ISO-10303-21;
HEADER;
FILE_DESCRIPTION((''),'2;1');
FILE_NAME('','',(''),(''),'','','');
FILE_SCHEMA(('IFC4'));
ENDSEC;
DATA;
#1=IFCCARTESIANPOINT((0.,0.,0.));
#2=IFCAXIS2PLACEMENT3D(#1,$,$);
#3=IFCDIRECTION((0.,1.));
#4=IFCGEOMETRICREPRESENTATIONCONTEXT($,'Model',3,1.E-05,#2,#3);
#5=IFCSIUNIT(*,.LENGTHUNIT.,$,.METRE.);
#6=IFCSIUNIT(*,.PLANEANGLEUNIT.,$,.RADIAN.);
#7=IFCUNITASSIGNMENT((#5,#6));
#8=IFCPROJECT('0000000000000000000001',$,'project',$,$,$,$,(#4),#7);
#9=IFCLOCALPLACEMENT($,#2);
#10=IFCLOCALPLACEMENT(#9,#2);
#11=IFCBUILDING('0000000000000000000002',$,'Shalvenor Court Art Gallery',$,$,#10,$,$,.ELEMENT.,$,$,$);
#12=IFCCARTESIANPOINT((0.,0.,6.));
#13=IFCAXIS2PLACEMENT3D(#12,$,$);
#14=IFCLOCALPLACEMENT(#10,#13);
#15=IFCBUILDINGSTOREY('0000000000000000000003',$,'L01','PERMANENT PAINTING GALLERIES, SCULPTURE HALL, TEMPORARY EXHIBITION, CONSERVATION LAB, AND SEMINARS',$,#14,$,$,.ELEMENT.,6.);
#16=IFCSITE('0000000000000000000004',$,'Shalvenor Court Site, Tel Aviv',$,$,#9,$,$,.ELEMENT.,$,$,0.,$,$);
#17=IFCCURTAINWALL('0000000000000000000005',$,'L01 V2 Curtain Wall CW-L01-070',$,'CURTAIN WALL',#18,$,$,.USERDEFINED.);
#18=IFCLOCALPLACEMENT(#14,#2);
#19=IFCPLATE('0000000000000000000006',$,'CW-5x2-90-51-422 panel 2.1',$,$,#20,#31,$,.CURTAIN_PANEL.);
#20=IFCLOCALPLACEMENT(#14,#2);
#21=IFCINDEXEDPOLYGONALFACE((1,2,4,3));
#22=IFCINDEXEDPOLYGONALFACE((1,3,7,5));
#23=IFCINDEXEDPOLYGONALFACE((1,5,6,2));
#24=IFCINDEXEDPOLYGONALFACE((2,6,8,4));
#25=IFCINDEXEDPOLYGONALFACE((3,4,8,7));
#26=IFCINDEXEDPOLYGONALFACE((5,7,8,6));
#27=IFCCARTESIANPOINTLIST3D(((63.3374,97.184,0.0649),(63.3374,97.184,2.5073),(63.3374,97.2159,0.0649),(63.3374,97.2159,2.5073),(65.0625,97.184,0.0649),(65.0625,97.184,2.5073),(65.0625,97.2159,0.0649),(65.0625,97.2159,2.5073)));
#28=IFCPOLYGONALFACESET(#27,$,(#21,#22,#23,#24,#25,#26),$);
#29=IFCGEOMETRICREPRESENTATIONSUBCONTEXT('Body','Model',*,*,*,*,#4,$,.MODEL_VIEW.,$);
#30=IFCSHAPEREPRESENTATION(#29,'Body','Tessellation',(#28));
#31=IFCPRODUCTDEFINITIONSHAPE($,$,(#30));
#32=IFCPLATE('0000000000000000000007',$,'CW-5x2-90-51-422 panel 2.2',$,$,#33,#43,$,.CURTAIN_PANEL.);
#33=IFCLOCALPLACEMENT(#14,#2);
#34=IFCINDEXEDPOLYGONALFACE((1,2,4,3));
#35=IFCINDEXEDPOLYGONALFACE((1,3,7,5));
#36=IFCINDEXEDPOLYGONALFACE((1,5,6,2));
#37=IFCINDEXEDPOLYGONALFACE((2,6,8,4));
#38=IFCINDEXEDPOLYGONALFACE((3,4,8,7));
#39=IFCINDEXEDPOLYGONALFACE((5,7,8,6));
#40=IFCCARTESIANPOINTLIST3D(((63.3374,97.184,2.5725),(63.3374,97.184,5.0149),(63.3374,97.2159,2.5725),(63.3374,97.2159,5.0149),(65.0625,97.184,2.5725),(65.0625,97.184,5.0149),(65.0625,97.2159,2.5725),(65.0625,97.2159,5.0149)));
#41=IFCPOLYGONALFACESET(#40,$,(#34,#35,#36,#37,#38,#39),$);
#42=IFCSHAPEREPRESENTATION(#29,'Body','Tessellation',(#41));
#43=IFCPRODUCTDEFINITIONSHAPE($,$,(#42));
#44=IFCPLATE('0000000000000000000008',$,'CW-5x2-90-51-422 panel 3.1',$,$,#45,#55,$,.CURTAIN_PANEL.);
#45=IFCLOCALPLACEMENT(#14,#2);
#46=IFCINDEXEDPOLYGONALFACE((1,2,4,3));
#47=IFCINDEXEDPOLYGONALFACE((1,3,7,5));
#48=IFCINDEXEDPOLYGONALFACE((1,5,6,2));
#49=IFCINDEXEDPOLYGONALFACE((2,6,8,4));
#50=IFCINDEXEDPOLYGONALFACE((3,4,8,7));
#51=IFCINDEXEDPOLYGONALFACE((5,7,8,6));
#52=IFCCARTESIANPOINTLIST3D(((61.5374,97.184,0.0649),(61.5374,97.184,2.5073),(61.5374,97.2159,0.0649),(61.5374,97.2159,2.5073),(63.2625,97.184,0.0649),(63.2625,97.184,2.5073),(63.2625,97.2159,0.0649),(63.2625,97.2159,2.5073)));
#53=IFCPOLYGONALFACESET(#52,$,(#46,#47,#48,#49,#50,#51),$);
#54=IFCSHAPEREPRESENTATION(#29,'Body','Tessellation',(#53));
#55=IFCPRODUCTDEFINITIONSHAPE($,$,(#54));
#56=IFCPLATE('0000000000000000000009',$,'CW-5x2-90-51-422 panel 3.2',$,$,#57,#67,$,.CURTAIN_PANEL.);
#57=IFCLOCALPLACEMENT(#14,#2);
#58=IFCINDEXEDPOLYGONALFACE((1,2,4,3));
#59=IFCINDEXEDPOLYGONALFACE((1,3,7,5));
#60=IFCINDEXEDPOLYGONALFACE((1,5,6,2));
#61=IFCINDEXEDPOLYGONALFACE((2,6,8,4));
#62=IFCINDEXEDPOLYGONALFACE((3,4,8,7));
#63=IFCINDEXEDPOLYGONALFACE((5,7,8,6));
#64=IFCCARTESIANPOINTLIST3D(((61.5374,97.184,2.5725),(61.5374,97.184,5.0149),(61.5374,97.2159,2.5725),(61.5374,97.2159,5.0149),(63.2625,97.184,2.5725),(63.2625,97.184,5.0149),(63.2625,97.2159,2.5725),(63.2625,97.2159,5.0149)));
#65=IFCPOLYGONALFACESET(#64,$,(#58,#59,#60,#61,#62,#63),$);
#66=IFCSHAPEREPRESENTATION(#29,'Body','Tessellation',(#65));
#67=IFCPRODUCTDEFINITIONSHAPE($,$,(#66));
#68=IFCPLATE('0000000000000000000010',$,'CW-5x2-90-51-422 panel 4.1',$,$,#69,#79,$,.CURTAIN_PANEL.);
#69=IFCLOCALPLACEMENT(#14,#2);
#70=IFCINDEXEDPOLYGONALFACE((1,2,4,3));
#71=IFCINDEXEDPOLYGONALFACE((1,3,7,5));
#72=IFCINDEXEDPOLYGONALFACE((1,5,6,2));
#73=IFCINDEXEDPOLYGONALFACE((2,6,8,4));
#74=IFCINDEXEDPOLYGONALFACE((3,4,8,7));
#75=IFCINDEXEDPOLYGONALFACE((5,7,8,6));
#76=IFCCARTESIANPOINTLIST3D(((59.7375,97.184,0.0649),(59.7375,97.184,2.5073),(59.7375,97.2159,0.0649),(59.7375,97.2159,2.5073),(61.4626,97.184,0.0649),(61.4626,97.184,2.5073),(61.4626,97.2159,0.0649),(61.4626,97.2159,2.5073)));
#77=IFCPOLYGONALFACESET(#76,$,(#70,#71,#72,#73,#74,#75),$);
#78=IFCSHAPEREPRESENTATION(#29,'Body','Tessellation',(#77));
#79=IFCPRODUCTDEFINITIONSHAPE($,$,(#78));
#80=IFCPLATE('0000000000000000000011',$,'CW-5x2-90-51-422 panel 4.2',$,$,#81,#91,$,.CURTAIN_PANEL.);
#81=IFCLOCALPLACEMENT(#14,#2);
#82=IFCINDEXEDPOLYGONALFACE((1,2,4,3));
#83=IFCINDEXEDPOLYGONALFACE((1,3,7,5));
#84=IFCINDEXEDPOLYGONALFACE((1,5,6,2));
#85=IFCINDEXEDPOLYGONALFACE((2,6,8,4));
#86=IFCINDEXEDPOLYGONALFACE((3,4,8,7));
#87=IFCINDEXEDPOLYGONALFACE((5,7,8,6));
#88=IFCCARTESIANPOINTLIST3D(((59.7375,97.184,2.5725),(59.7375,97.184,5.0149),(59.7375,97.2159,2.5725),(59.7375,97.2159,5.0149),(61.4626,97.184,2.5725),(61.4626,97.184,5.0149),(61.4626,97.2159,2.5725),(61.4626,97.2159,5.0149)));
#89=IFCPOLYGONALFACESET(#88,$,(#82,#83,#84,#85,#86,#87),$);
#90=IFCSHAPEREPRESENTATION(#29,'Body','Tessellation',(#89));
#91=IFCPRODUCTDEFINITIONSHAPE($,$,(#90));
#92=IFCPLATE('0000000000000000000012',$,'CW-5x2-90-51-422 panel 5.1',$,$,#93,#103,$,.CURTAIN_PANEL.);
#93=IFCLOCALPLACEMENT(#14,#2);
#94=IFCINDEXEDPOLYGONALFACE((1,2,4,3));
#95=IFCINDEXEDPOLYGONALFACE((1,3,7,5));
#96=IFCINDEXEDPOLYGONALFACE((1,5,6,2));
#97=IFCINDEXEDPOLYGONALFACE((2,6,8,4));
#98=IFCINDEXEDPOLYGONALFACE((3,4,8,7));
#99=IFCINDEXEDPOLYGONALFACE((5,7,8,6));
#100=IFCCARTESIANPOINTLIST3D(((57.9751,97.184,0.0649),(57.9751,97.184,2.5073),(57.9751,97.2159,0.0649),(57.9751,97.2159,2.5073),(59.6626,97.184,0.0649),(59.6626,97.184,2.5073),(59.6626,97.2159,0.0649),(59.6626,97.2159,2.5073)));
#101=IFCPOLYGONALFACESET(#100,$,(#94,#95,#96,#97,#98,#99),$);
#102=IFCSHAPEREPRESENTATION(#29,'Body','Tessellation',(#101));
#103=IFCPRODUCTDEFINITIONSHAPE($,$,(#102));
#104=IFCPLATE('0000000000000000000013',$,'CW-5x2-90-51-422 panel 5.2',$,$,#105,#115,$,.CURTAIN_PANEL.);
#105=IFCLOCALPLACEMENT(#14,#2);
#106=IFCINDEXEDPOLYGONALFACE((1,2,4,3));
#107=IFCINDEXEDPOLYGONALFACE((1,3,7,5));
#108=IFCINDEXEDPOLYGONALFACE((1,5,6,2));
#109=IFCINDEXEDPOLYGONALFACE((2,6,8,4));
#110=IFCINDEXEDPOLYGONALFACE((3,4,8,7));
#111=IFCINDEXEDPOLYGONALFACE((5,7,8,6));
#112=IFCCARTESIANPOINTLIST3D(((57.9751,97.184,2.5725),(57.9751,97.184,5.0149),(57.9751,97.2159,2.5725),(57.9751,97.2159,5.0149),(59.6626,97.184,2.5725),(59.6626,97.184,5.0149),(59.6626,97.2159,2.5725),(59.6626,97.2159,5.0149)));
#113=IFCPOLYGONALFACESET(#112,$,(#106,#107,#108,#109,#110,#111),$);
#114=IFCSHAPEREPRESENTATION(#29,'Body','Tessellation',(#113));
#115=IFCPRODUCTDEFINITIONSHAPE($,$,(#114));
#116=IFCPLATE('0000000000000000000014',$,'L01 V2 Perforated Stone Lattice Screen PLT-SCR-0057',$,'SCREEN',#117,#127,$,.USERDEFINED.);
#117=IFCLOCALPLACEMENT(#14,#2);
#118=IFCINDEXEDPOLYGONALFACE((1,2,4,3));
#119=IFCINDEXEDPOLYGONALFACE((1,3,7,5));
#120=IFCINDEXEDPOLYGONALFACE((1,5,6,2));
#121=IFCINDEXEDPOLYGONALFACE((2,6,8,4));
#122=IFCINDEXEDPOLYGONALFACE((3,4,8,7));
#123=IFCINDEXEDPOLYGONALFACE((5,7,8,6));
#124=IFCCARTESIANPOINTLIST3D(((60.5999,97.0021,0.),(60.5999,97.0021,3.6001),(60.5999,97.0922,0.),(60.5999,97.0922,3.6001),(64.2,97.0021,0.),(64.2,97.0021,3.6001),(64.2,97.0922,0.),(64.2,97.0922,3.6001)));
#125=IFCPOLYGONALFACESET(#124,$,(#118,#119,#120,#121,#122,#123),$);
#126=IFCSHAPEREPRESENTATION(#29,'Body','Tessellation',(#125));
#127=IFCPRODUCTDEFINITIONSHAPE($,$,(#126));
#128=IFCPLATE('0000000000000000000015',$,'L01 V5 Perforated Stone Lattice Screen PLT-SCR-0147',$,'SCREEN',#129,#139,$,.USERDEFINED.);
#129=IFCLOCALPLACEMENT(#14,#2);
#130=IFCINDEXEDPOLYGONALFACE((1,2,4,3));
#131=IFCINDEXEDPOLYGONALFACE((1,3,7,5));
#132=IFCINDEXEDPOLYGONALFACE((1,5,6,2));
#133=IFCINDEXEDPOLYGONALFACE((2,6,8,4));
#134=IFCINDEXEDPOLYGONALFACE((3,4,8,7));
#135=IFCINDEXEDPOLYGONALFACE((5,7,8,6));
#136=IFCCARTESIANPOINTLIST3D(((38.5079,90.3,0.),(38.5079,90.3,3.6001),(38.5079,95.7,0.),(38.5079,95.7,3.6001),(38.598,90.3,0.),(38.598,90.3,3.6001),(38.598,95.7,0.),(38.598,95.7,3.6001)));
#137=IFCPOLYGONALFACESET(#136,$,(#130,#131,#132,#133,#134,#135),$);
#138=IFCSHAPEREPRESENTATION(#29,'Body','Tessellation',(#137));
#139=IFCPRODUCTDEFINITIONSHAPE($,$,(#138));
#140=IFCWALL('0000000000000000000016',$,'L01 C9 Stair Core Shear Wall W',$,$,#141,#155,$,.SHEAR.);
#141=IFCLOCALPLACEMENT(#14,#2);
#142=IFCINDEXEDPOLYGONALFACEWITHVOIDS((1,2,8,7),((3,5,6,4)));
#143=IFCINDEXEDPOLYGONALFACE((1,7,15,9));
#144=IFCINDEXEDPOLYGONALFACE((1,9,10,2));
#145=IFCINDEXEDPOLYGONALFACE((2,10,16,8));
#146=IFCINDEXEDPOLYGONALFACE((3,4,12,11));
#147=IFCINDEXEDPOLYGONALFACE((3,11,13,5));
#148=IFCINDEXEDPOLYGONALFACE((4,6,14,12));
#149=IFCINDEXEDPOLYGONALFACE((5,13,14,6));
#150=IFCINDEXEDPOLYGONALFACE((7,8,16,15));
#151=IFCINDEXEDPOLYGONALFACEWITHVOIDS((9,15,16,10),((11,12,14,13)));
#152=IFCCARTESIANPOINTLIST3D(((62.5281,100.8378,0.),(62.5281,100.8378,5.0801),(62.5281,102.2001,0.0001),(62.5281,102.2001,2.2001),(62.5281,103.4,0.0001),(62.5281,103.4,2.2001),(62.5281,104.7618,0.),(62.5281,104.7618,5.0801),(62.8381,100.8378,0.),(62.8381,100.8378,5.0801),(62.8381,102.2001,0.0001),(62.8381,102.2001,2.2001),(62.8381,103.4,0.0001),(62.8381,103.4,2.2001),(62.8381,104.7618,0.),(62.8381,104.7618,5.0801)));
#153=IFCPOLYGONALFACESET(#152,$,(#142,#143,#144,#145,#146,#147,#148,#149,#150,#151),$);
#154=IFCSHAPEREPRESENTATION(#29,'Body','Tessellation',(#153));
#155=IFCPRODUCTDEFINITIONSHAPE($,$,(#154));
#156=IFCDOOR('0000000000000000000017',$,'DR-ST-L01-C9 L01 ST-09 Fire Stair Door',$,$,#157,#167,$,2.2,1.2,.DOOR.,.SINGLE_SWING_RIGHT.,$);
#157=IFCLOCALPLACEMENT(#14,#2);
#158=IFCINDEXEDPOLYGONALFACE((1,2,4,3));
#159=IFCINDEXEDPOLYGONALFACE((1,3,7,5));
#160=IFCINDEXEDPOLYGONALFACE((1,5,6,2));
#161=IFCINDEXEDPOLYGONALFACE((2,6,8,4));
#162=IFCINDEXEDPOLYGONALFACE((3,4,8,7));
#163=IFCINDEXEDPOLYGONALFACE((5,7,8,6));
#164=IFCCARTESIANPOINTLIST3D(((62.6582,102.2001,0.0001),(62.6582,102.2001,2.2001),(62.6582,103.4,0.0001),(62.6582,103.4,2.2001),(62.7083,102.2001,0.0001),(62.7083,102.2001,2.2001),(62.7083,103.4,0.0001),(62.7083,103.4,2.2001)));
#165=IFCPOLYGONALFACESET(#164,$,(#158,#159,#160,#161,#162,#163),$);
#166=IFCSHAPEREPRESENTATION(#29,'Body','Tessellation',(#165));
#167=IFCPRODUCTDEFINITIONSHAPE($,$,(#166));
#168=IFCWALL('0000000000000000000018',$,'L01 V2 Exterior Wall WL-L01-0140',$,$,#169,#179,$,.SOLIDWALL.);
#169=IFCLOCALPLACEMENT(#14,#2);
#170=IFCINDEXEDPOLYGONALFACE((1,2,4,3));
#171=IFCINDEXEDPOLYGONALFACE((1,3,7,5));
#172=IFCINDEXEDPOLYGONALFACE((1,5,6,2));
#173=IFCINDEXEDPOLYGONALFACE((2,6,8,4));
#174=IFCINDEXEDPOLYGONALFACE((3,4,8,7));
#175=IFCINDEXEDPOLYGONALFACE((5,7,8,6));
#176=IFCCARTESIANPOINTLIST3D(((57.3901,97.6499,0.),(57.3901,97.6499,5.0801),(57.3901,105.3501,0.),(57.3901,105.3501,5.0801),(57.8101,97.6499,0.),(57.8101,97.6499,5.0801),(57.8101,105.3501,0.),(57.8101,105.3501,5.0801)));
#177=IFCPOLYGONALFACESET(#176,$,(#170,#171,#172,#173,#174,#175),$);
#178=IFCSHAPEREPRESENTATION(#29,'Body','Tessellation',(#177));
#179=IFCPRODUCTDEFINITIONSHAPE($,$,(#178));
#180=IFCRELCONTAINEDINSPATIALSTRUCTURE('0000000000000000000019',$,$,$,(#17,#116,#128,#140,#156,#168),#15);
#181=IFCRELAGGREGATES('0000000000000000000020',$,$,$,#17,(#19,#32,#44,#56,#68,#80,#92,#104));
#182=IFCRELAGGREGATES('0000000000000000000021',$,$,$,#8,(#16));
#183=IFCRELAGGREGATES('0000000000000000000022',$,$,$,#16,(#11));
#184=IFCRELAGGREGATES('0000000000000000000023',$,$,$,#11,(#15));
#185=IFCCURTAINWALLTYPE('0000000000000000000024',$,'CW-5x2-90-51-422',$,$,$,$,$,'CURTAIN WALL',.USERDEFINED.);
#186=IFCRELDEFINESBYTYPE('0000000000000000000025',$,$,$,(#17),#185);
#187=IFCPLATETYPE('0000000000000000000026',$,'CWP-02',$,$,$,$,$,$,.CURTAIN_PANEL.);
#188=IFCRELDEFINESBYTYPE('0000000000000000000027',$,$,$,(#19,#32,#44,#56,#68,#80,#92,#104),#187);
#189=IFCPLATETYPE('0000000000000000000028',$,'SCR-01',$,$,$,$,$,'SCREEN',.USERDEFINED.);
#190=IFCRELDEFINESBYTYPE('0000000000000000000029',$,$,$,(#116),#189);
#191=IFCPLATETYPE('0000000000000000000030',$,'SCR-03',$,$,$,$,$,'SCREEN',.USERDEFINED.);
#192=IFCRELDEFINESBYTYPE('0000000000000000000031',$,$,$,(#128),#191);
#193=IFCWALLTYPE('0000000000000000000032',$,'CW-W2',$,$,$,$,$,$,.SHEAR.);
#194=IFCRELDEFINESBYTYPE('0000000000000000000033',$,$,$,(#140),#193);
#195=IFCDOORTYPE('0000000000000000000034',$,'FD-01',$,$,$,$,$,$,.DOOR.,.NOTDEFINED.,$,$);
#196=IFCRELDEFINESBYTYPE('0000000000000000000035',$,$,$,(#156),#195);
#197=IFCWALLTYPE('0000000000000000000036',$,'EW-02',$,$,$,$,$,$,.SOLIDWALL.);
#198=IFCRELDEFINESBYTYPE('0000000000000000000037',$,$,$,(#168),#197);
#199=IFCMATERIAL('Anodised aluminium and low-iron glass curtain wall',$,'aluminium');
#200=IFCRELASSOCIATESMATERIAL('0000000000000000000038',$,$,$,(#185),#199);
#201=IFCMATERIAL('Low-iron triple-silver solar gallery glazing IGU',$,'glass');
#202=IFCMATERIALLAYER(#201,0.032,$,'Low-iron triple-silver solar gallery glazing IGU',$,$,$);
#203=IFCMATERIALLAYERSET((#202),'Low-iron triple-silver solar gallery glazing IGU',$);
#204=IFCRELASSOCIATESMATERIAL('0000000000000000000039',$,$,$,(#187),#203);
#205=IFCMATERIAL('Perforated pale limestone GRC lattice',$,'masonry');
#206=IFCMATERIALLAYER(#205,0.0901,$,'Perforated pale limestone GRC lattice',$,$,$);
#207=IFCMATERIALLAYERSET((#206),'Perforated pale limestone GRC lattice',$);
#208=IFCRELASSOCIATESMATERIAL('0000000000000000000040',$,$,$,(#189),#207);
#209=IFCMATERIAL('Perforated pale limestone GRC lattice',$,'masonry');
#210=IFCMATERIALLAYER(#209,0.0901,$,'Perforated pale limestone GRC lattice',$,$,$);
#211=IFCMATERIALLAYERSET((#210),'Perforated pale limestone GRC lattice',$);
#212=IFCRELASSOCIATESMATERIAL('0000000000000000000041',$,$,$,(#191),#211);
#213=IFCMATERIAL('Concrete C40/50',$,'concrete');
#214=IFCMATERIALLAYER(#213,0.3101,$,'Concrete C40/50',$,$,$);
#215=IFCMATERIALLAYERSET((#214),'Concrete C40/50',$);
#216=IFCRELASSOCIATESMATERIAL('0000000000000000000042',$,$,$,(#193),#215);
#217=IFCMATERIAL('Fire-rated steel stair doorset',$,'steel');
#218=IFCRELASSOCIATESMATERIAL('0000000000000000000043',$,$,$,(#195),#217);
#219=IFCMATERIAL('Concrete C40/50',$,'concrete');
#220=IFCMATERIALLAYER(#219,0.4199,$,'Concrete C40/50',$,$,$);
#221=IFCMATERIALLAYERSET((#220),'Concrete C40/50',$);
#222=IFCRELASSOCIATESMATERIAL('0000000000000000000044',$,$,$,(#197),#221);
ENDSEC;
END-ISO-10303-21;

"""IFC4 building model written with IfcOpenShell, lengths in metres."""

from ifc_helpers import new_model, si_unit, direction, frame, frame_2d, origin, origin_2d, place, context, subcontext, project, spatial, rectangle, extrude, material, layer, layer_set, type_object, element, fill, aggregate, save


model = new_model("IFC4")

# Units and contexts
model_context = context("Model", 3, precision=1e-05, world=origin(), true_north=direction((0.0, 1.0)))
body_context = subcontext(model_context, "Body", "Model", "MODEL_VIEW")
ifc_project = project(units=[si_unit("LENGTHUNIT", "METRE"), si_unit("PLANEANGLEUNIT", "RADIAN")], contexts=[model_context])

# Site, building, storey
site_placement = place(None, origin())
site = spatial("IfcSite", under=ifc_project, at=site_placement, Name="Shalvenor Court Site, Tel Aviv", CompositionType="ELEMENT", RefElevation=0.0)
building_placement = place(site_placement, origin())
building = spatial("IfcBuilding", under=site, at=building_placement, Name="Shalvenor Court Art Gallery", CompositionType="ELEMENT")
storey_placement = place(building_placement, frame((0.0, 0.0, 6.0)))
storey = spatial("IfcBuildingStorey", under=building, at=storey_placement, Name="L01", Description="PERMANENT PAINTING GALLERIES, SCULPTURE HALL, TEMPORARY EXHIBITION, CONSERVATION LAB, AND SEMINARS", CompositionType="ELEMENT", Elevation=6.0)

# Curtain wall
ifc_material_1 = material(Name="Anodised aluminium and low-iron glass curtain wall", Category="aluminium")
curtain_wall_type_1 = type_object("IfcCurtainWallType", Name="CW-5x2-90-51-422", ElementType="CURTAIN WALL", PredefinedType="USERDEFINED", material=ifc_material_1)
curtain_wall_1_placement = place(storey_placement, origin())
curtain_wall_1 = element("IfcCurtainWall", 1, at=curtain_wall_1_placement, inside=storey, type_object=curtain_wall_type_1, Name="L01 V2 Curtain Wall CW-L01-070", ObjectType="CURTAIN WALL", PredefinedType="USERDEFINED")

# Plates
ifc_material_2 = material(Name="Low-iron triple-silver solar gallery glazing IGU", Category="glass")
ifc_layer_1 = layer(ifc_material_2, 0.032, Name="Low-iron triple-silver solar gallery glazing IGU")
ifc_layer_set_1 = layer_set([ifc_layer_1], Name="Low-iron triple-silver solar gallery glazing IGU")
plate_type_1 = type_object("IfcPlateType", Name="CWP-02", PredefinedType="CURTAIN_PANEL", material=ifc_layer_set_1)
plate_1_placement = place(storey_placement, frame((64.2, 97.2, 0.0649), z_axis=(0.0, 0.0, 1.0), x_axis=(-1.0, 0.0, 0.0)))
plate_1 = element("IfcPlate", 2, at=plate_1_placement, type_object=plate_type_1, Name="CW-5x2-90-51-422 panel 2.1", PredefinedType="CURTAIN_PANEL", context=body_context, shape_type="SweptSolid", body=[
    extrude(rectangle(XDim=1.7251, YDim=0.032, at=origin_2d()), origin(), (0.0, 0.0, 1.0), 2.4424),
])
plate_2_placement = place(storey_placement, frame((64.2, 97.2, 2.5725), z_axis=(0.0, 0.0, 1.0), x_axis=(-1.0, 0.0, 0.0)))
plate_2 = element("IfcPlate", 3, at=plate_2_placement, type_object=plate_type_1, Name="CW-5x2-90-51-422 panel 2.2", PredefinedType="CURTAIN_PANEL", context=body_context, shape_type="SweptSolid", body=[
    extrude(rectangle(XDim=1.7251, YDim=0.032, at=origin_2d()), origin(), (0.0, 0.0, 1.0), 2.4424),
])
plate_3_placement = place(storey_placement, frame((62.3999, 97.2, 0.0649), z_axis=(0.0, 0.0, 1.0), x_axis=(-1.0, 0.0, 0.0)))
plate_3 = element("IfcPlate", 4, at=plate_3_placement, type_object=plate_type_1, Name="CW-5x2-90-51-422 panel 3.1", PredefinedType="CURTAIN_PANEL", context=body_context, shape_type="SweptSolid", body=[
    extrude(rectangle(XDim=1.7251, YDim=0.032, at=origin_2d()), origin(), (0.0, 0.0, 1.0), 2.4424),
])
plate_4_placement = place(storey_placement, frame((62.3999, 97.2, 2.5725), z_axis=(0.0, 0.0, 1.0), x_axis=(-1.0, 0.0, 0.0)))
plate_4 = element("IfcPlate", 5, at=plate_4_placement, type_object=plate_type_1, Name="CW-5x2-90-51-422 panel 3.2", PredefinedType="CURTAIN_PANEL", context=body_context, shape_type="SweptSolid", body=[
    extrude(rectangle(XDim=1.7251, YDim=0.032, at=origin_2d()), origin(), (0.0, 0.0, 1.0), 2.4424),
])
plate_5_placement = place(storey_placement, frame((60.6001, 97.2, 0.0649), z_axis=(0.0, 0.0, 1.0), x_axis=(-1.0, 0.0, 0.0)))
plate_5 = element("IfcPlate", 6, at=plate_5_placement, type_object=plate_type_1, Name="CW-5x2-90-51-422 panel 4.1", PredefinedType="CURTAIN_PANEL", context=body_context, shape_type="SweptSolid", body=[
    extrude(rectangle(XDim=1.7251, YDim=0.032, at=origin_2d()), origin(), (0.0, 0.0, 1.0), 2.4424),
])
plate_6_placement = place(storey_placement, frame((60.6001, 97.2, 2.5725), z_axis=(0.0, 0.0, 1.0), x_axis=(-1.0, 0.0, 0.0)))
plate_6 = element("IfcPlate", 7, at=plate_6_placement, type_object=plate_type_1, Name="CW-5x2-90-51-422 panel 4.2", PredefinedType="CURTAIN_PANEL", context=body_context, shape_type="SweptSolid", body=[
    extrude(rectangle(XDim=1.7251, YDim=0.032, at=origin_2d()), origin(), (0.0, 0.0, 1.0), 2.4424),
])
plate_7_placement = place(storey_placement, frame((58.8188, 97.2, 0.0649), z_axis=(0.0, 0.0, 1.0), x_axis=(-1.0, 0.0, 0.0)))
plate_7 = element("IfcPlate", 8, at=plate_7_placement, type_object=plate_type_1, Name="CW-5x2-90-51-422 panel 5.1", PredefinedType="CURTAIN_PANEL", context=body_context, shape_type="SweptSolid", body=[
    extrude(rectangle(XDim=1.6875, YDim=0.032, at=origin_2d()), origin(), (0.0, 0.0, 1.0), 2.4424),
])
plate_8_placement = place(storey_placement, frame((58.8188, 97.2, 2.5725), z_axis=(0.0, 0.0, 1.0), x_axis=(-1.0, 0.0, 0.0)))
plate_8 = element("IfcPlate", 9, at=plate_8_placement, type_object=plate_type_1, Name="CW-5x2-90-51-422 panel 5.2", PredefinedType="CURTAIN_PANEL", context=body_context, shape_type="SweptSolid", body=[
    extrude(rectangle(XDim=1.6875, YDim=0.032, at=origin_2d()), origin(), (0.0, 0.0, 1.0), 2.4424),
])
aggregate(curtain_wall_1, [plate_1, plate_2, plate_3, plate_4, plate_5, plate_6, plate_7, plate_8])

# Plates
ifc_material_3 = material(Name="Perforated pale limestone GRC lattice", Category="masonry")
ifc_layer_2 = layer(ifc_material_3, 0.0901, Name="Perforated pale limestone GRC lattice")
ifc_layer_set_2 = layer_set([ifc_layer_2], Name="Perforated pale limestone GRC lattice")
plate_type_2 = type_object("IfcPlateType", Name="SCR-01", ElementType="SCREEN", PredefinedType="USERDEFINED", material=ifc_layer_set_2)
plate_9_placement = place(storey_placement, frame((62.3999, 97.0471, 0.0), z_axis=(0.0, 0.0, 1.0), x_axis=(-1.0, 0.0, 0.0)))
element("IfcPlate", 10, at=plate_9_placement, inside=storey, type_object=plate_type_2, Name="L01 V2 Perforated Stone Lattice Screen PLT-SCR-0057", ObjectType="SCREEN", PredefinedType="USERDEFINED", context=body_context, shape_type="SweptSolid", body=[
    extrude(rectangle(XDim=3.6001, YDim=0.0901, at=origin_2d()), origin(), (0.0, 0.0, 1.0), 3.6001),
])
ifc_material_4 = material(Name="Perforated pale limestone GRC lattice", Category="masonry")
ifc_layer_3 = layer(ifc_material_4, 0.0901, Name="Perforated pale limestone GRC lattice")
ifc_layer_set_3 = layer_set([ifc_layer_3], Name="Perforated pale limestone GRC lattice")
plate_type_3 = type_object("IfcPlateType", Name="SCR-03", ElementType="SCREEN", PredefinedType="USERDEFINED", material=ifc_layer_set_3)
plate_10_placement = place(storey_placement, frame((38.553, 93.0, 0.0), z_axis=(0.0, 0.0, 1.0), x_axis=(0.0, -1.0, 0.0)))
element("IfcPlate", 11, at=plate_10_placement, inside=storey, type_object=plate_type_3, Name="L01 V5 Perforated Stone Lattice Screen PLT-SCR-0147", ObjectType="SCREEN", PredefinedType="USERDEFINED", context=body_context, shape_type="SweptSolid", body=[
    extrude(rectangle(XDim=5.3999, YDim=0.0901, at=origin_2d()), origin(), (0.0, 0.0, 1.0), 3.6001),
])

# Wall, opening, door
ifc_material_5 = material(Name="Concrete C40/50", Category="concrete")
ifc_layer_4 = layer(ifc_material_5, 0.3101, Name="Concrete C40/50")
ifc_layer_set_4 = layer_set([ifc_layer_4], Name="Concrete C40/50")
wall_type_1 = type_object("IfcWallType", Name="CW-W2", PredefinedType="SHEAR", material=ifc_layer_set_4)
wall_1_placement = place(storey_placement, frame((62.6831, 100.8379, 0.0), z_axis=(0.0, 0.0, 1.0), x_axis=(0.0, 1.0, 0.0)))
wall_1 = element("IfcWall", 12, at=wall_1_placement, inside=storey, type_object=wall_type_1, Name="L01 C9 Stair Core Shear Wall W", PredefinedType="SHEAR", context=body_context, shape_type="SweptSolid", body=[
    extrude(rectangle(XDim=3.9241, YDim=0.3101, at=frame_2d((1.9619, 0.0))), origin(), (0.0, 0.0, 1.0), 5.0801),
])
opening_placement = place(wall_1_placement, frame((1.3621, 0.0, 0.0)))
opening = element("IfcOpeningElement", 13, at=opening_placement, cuts=wall_1, PredefinedType="OPENING", context=body_context, shape_type="SweptSolid", body=[
    extrude(rectangle(XDim=1.2, YDim=2.2, at=frame_2d((0.6001, 1.1001))), frame((0.0, 0.165, 0.0), z_axis=(0.0, -1.0, 0.0), x_axis=(1.0, 0.0, 0.0)), (0.0, 0.0, 1.0), 0.3301),
])
ifc_material_6 = material(Name="Fire-rated steel stair doorset", Category="steel")
door_type = type_object("IfcDoorType", Name="FD-01", OperationType="NOTDEFINED", PredefinedType="DOOR", material=ifc_material_6)
door_placement = place(opening_placement, origin())
door = element("IfcDoor", 14, at=door_placement, inside=storey, type_object=door_type, Name="DR-ST-L01-C9 L01 ST-09 Fire Stair Door", OperationType="SINGLE_SWING_RIGHT", OverallHeight=2.2, OverallWidth=1.2, PredefinedType="DOOR", context=body_context, shape_type="SweptSolid", body=[
    extrude(rectangle(XDim=1.2, YDim=2.2, at=frame_2d((0.6001, 1.1001))), frame((0.0, 0.0249, 0.0), z_axis=(0.0, -1.0, 0.0), x_axis=(1.0, 0.0, 0.0)), (0.0, 0.0, 1.0), 0.05),
])
fill(opening, door)

# Wall
ifc_material_7 = material(Name="Concrete C40/50", Category="concrete")
ifc_layer_5 = layer(ifc_material_7, 0.4199, Name="Concrete C40/50")
ifc_layer_set_5 = layer_set([ifc_layer_5], Name="Concrete C40/50")
wall_type_2 = type_object("IfcWallType", Name="EW-02", PredefinedType="SOLIDWALL", material=ifc_layer_set_5)
wall_2_placement = place(storey_placement, frame((57.6001, 97.6499, 0.0), z_axis=(0.0, 0.0, 1.0), x_axis=(0.0, 1.0, 0.0)))
element("IfcWall", 15, at=wall_2_placement, inside=storey, type_object=wall_type_2, Name="L01 V2 Exterior Wall WL-L01-0140", PredefinedType="SOLIDWALL", context=body_context, shape_type="SweptSolid", body=[
    extrude(rectangle(XDim=7.7002, YDim=0.4199, at=frame_2d((3.8501, 0.0))), origin(), (0.0, 0.0, 1.0), 5.0801),
])

save(model, "model.ifc")
